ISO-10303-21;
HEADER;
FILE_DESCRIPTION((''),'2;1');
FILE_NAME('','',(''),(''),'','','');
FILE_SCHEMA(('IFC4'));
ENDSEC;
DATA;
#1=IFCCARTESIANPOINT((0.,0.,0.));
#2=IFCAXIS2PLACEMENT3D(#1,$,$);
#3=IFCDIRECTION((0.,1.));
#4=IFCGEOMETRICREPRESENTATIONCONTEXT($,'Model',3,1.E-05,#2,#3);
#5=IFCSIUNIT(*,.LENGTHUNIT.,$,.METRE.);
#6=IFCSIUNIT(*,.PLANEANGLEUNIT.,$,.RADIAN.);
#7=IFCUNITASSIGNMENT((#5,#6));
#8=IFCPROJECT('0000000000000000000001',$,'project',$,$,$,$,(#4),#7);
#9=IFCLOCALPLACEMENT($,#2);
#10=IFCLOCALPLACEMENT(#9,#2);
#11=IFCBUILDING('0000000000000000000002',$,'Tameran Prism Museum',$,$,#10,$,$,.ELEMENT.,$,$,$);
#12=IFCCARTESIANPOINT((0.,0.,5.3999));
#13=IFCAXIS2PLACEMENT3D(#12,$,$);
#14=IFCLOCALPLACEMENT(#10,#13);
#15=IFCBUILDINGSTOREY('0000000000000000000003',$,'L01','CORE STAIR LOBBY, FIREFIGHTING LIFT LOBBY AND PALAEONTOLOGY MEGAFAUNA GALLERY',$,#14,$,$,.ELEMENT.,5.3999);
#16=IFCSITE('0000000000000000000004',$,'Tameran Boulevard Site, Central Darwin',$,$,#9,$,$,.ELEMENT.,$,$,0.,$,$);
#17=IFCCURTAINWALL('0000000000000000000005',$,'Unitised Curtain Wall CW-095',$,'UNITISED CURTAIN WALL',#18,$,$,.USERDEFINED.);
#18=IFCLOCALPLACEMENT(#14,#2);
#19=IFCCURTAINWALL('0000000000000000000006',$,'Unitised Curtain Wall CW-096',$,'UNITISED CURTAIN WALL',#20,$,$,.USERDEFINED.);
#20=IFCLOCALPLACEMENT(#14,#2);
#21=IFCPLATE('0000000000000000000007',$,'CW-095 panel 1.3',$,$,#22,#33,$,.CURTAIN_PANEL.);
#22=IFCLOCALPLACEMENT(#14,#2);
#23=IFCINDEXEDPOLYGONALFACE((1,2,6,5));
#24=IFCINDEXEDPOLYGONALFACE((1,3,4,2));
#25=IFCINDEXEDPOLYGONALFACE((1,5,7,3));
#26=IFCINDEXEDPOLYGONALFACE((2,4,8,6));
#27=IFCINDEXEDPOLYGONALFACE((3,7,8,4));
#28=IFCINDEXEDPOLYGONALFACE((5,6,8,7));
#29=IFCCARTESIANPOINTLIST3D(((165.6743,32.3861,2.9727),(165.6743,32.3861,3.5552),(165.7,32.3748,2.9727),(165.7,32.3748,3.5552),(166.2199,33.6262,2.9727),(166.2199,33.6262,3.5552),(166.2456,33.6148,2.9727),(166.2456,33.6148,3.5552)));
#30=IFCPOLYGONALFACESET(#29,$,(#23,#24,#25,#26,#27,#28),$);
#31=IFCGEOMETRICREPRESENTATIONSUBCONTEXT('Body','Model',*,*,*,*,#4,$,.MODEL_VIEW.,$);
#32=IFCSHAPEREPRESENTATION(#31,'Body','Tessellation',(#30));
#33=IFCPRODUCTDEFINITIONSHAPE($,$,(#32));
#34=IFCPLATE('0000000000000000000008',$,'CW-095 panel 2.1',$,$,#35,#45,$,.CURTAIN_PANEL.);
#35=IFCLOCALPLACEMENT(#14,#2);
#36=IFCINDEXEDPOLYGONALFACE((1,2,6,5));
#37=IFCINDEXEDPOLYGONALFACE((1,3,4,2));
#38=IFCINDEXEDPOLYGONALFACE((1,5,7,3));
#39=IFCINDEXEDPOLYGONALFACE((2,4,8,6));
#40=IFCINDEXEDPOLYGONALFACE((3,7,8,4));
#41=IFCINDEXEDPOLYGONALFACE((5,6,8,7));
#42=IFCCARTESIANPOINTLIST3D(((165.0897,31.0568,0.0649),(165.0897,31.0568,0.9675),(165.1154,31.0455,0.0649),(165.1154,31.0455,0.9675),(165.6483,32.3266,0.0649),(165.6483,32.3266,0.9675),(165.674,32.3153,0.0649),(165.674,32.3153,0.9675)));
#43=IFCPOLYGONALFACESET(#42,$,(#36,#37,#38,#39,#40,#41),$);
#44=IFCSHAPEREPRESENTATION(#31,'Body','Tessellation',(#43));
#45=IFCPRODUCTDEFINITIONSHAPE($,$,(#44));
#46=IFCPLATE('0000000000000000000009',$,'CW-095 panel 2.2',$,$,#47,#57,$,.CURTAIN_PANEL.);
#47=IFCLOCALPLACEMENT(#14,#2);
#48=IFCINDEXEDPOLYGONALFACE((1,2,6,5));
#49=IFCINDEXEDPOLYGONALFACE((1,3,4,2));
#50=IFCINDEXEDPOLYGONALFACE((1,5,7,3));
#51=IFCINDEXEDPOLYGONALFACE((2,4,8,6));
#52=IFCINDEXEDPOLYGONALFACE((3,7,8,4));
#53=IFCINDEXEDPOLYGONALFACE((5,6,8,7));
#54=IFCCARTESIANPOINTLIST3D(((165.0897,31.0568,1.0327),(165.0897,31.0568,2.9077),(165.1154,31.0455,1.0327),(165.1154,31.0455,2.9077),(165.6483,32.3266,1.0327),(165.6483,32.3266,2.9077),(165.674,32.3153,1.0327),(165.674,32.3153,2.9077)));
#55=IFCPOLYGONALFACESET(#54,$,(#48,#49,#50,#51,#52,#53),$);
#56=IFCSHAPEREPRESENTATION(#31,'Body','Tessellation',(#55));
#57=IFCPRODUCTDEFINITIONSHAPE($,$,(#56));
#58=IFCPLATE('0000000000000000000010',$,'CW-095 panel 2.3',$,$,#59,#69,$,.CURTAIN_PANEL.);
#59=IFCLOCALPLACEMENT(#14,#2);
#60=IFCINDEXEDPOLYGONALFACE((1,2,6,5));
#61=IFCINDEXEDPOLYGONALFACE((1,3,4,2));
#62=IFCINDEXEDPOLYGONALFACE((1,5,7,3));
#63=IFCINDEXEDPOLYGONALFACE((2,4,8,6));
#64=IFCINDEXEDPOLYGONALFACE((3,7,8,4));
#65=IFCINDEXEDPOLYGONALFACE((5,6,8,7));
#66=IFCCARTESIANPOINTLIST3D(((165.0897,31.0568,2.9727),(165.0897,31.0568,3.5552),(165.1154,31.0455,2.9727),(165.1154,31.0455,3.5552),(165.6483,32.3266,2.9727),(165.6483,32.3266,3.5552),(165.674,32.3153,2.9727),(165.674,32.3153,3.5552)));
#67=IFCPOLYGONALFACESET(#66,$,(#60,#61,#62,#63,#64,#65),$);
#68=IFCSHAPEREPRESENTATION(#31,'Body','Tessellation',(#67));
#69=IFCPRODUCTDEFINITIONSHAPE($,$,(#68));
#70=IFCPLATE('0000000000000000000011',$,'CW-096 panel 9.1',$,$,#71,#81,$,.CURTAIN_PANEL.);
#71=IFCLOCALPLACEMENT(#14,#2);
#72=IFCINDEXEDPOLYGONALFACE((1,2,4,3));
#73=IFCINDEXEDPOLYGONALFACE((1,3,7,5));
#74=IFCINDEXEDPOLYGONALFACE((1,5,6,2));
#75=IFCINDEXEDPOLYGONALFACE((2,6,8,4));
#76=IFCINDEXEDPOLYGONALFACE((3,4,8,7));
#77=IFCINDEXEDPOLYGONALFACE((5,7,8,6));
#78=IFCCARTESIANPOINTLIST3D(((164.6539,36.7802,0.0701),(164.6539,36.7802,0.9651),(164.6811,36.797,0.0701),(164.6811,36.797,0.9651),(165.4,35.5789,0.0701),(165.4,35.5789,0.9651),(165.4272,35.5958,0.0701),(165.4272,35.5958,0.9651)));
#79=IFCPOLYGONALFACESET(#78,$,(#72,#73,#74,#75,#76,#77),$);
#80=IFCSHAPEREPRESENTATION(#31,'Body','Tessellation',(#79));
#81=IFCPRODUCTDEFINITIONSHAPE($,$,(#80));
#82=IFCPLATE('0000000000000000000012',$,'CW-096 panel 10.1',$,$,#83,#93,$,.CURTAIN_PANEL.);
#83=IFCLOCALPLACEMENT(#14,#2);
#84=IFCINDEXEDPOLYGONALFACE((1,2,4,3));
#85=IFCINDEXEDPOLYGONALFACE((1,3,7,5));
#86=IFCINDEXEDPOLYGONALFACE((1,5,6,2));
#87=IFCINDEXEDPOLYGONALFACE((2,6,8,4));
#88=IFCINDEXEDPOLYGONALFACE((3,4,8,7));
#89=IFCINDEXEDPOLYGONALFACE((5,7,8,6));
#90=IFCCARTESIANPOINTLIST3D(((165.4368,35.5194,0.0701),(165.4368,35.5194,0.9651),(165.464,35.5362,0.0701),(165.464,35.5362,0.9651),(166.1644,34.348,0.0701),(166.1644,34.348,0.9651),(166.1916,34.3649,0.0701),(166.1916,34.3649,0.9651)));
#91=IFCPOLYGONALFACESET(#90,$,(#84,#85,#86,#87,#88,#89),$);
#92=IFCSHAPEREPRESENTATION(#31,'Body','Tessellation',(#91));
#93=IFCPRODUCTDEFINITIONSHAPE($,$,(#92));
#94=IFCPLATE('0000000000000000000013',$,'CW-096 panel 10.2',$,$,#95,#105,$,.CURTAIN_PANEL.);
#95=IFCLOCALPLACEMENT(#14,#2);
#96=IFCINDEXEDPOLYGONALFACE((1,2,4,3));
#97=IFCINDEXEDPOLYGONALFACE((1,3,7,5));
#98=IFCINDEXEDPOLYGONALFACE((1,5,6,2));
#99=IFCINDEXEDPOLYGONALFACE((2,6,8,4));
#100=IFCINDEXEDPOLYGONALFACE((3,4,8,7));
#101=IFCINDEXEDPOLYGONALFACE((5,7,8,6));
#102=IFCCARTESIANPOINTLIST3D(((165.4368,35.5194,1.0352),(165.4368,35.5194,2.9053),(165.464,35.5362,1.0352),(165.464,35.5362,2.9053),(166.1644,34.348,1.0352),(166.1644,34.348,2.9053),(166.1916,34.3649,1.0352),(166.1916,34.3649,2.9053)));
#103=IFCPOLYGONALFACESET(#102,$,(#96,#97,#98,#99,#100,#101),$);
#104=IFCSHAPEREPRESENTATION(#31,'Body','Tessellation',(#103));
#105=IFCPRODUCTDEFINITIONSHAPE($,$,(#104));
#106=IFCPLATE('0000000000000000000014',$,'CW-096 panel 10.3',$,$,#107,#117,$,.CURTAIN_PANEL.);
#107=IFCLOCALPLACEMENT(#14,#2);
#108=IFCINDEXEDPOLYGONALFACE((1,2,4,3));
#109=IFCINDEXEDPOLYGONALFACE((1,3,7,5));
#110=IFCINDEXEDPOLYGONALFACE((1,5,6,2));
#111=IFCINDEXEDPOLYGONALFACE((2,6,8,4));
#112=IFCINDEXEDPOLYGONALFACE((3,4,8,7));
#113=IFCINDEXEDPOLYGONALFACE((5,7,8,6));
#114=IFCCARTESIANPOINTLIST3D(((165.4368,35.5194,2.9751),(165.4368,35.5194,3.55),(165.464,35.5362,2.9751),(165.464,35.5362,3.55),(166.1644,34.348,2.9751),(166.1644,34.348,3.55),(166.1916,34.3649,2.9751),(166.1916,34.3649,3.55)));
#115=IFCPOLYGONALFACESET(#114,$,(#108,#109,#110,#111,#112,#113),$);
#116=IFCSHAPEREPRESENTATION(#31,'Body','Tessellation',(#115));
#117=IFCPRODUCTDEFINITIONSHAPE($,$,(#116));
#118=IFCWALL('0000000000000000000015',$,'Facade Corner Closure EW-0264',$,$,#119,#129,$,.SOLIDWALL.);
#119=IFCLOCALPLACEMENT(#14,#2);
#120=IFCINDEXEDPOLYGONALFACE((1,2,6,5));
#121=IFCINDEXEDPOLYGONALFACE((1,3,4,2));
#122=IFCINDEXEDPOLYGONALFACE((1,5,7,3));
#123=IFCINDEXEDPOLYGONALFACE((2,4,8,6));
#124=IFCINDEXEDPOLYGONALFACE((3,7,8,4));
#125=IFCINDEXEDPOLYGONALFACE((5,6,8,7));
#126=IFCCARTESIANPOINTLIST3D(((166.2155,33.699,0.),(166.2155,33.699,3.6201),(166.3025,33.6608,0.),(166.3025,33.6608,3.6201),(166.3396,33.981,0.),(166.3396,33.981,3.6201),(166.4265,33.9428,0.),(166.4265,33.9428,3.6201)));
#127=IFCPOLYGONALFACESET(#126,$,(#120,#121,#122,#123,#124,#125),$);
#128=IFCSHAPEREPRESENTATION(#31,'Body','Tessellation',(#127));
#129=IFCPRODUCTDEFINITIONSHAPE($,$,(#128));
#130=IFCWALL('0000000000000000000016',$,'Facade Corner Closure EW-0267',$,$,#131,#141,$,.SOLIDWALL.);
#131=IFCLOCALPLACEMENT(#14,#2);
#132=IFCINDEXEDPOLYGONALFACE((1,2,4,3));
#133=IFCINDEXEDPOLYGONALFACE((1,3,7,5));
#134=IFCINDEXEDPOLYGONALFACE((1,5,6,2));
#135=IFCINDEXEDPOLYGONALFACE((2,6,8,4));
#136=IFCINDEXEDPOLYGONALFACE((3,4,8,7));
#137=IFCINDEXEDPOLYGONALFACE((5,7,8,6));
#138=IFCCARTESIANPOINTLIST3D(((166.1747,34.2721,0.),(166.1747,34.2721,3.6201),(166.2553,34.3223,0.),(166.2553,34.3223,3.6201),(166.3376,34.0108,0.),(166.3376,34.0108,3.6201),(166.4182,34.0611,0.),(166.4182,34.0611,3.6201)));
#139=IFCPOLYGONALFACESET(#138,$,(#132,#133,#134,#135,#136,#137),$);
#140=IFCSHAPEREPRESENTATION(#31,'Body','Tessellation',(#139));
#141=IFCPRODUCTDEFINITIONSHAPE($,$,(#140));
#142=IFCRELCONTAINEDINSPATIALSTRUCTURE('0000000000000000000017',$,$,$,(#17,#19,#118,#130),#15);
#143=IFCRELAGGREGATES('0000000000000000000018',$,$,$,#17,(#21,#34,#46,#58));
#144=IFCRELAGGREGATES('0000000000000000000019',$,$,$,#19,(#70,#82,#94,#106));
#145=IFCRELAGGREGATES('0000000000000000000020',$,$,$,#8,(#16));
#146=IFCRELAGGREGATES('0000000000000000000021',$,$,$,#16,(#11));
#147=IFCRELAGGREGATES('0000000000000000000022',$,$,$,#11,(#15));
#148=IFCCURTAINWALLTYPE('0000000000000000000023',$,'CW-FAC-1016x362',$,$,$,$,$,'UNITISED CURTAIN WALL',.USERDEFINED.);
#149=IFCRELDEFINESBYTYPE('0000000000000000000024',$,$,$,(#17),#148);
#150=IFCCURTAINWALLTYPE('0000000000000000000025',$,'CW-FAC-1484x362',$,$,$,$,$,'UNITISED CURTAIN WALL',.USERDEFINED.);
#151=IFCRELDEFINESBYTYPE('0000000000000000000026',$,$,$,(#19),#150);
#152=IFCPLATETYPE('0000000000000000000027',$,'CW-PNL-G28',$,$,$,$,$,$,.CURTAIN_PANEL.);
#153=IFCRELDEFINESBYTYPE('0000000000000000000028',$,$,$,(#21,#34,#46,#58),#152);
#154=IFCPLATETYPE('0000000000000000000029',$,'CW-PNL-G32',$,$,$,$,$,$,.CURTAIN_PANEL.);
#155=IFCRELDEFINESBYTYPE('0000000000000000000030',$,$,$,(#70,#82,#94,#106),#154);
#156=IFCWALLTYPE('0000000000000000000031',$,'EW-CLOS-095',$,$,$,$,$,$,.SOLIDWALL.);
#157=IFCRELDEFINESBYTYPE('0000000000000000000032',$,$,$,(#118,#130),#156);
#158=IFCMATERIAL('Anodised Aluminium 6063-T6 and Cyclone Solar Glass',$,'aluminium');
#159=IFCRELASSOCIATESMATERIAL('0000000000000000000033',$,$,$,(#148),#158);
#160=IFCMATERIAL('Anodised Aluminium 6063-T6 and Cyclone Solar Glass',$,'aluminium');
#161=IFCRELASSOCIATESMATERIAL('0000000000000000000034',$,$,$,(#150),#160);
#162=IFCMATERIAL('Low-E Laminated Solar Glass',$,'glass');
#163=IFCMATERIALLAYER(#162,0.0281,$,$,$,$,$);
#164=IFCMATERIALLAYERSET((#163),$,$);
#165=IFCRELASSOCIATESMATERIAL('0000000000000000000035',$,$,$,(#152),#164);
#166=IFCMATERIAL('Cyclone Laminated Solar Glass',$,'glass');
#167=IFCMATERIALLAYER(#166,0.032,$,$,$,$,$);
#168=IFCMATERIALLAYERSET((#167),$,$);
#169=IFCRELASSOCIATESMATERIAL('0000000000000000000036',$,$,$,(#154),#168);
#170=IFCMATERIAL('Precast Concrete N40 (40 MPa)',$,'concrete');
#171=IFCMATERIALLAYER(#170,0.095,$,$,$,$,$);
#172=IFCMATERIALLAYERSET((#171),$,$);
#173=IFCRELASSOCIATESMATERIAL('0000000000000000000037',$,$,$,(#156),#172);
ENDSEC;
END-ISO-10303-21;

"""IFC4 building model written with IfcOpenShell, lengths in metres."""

from ifc_helpers import new_model, si_unit, direction, frame, frame_2d, origin, origin_2d, place, context, subcontext, project, spatial, rectangle, extrude, material, layer, layer_set, type_object, element, aggregate, save


model = new_model("IFC4")

# Units and contexts
model_context = context("Model", 3, precision=1e-05, world=origin(), true_north=direction((0.0, 1.0)))
body_context = subcontext(model_context, "Body", "Model", "MODEL_VIEW")
ifc_project = project(units=[si_unit("LENGTHUNIT", "METRE"), si_unit("PLANEANGLEUNIT", "RADIAN")], contexts=[model_context])

# Site, building, storey
site_placement = place(None, origin())
site = spatial("IfcSite", under=ifc_project, at=site_placement, Name="Tameran Boulevard Site, Central Darwin", CompositionType="ELEMENT", RefElevation=0.0)
building_placement = place(site_placement, origin())
building = spatial("IfcBuilding", under=site, at=building_placement, Name="Tameran Prism Museum", CompositionType="ELEMENT")
storey_placement = place(building_placement, frame((0.0, 0.0, 5.3999)))
storey = spatial("IfcBuildingStorey", under=building, at=storey_placement, Name="L01", Description="CORE STAIR LOBBY, FIREFIGHTING LIFT LOBBY AND PALAEONTOLOGY MEGAFAUNA GALLERY", CompositionType="ELEMENT", Elevation=5.3999)

# Curtain walls
ifc_material_1 = material(Name="Anodised Aluminium 6063-T6 and Cyclone Solar Glass", Category="aluminium")
curtain_wall_type_1 = type_object("IfcCurtainWallType", Name="CW-FAC-1016x362", ElementType="UNITISED CURTAIN WALL", PredefinedType="USERDEFINED", material=ifc_material_1)
curtain_wall_1_placement = place(storey_placement, origin())
curtain_wall_1 = element("IfcCurtainWall", 1, at=curtain_wall_1_placement, inside=storey, type_object=curtain_wall_type_1, Name="Unitised Curtain Wall CW-095", ObjectType="UNITISED CURTAIN WALL", PredefinedType="USERDEFINED")
ifc_material_2 = material(Name="Anodised Aluminium 6063-T6 and Cyclone Solar Glass", Category="aluminium")
curtain_wall_type_2 = type_object("IfcCurtainWallType", Name="CW-FAC-1484x362", ElementType="UNITISED CURTAIN WALL", PredefinedType="USERDEFINED", material=ifc_material_2)
curtain_wall_2_placement = place(storey_placement, origin())
curtain_wall_2 = element("IfcCurtainWall", 2, at=curtain_wall_2_placement, inside=storey, type_object=curtain_wall_type_2, Name="Unitised Curtain Wall CW-096", ObjectType="UNITISED CURTAIN WALL", PredefinedType="USERDEFINED")

# Plates
ifc_material_3 = material(Name="Low-E Laminated Solar Glass", Category="glass")
ifc_layer_1 = layer(ifc_material_3, 0.0281)
ifc_layer_set_1 = layer_set([ifc_layer_1])
plate_type_1 = type_object("IfcPlateType", Name="CW-PNL-G28", PredefinedType="CURTAIN_PANEL", material=ifc_layer_set_1)
plate_1_placement = place(storey_placement, frame((165.96, 33.0005, 2.9727), z_axis=(0.0, 0.0, 1.0), x_axis=(-0.402722, -0.915322, 0.0)))
plate_1 = element("IfcPlate", 3, at=plate_1_placement, type_object=plate_type_1, Name="CW-095 panel 1.3", PredefinedType="CURTAIN_PANEL", context=body_context, shape_type="SweptSolid", body=[
    extrude(rectangle(XDim=1.3547, YDim=0.0281, at=origin_2d()), origin(), (0.0, 0.0, 1.0), 0.5825),
])
plate_2_placement = place(storey_placement, frame((165.3818, 31.686, 0.0649), z_axis=(0.0, 0.0, 1.0), x_axis=(-0.402722, -0.915322, 0.0)))
plate_2 = element("IfcPlate", 4, at=plate_2_placement, type_object=plate_type_1, Name="CW-095 panel 2.1", PredefinedType="CURTAIN_PANEL", context=body_context, shape_type="SweptSolid", body=[
    extrude(rectangle(XDim=1.3872, YDim=0.0281, at=origin_2d()), origin(), (0.0, 0.0, 1.0), 0.9026),
])
plate_3_placement = place(storey_placement, frame((165.3818, 31.686, 1.0327), z_axis=(0.0, 0.0, 1.0), x_axis=(-0.402722, -0.915322, 0.0)))
plate_3 = element("IfcPlate", 5, at=plate_3_placement, type_object=plate_type_1, Name="CW-095 panel 2.2", PredefinedType="CURTAIN_PANEL", context=body_context, shape_type="SweptSolid", body=[
    extrude(rectangle(XDim=1.3872, YDim=0.0281, at=origin_2d()), origin(), (0.0, 0.0, 1.0), 1.875),
])
plate_4_placement = place(storey_placement, frame((165.3818, 31.686, 2.9727), z_axis=(0.0, 0.0, 1.0), x_axis=(-0.402722, -0.915322, 0.0)))
plate_4 = element("IfcPlate", 6, at=plate_4_placement, type_object=plate_type_1, Name="CW-095 panel 2.3", PredefinedType="CURTAIN_PANEL", context=body_context, shape_type="SweptSolid", body=[
    extrude(rectangle(XDim=1.3872, YDim=0.0281, at=origin_2d()), origin(), (0.0, 0.0, 1.0), 0.5825),
])
aggregate(curtain_wall_1, [plate_1, plate_2, plate_3, plate_4])
ifc_material_4 = material(Name="Cyclone Laminated Solar Glass", Category="glass")
ifc_layer_2 = layer(ifc_material_4, 0.032)
ifc_layer_set_2 = layer_set([ifc_layer_2])
plate_type_2 = type_object("IfcPlateType", Name="CW-PNL-G32", PredefinedType="CURTAIN_PANEL", material=ifc_layer_set_2)
plate_5_placement = place(storey_placement, frame((165.0405, 36.188, 0.0701), z_axis=(0.0, 0.0, 1.0), x_axis=(0.527635, -0.849471, 0.0)))
plate_5 = element("IfcPlate", 7, at=plate_5_placement, type_object=plate_type_2, Name="CW-096 panel 9.1", PredefinedType="CURTAIN_PANEL", context=body_context, shape_type="SweptSolid", body=[
    extrude(rectangle(XDim=1.4141, YDim=0.032, at=origin_2d()), origin(), (0.0, 0.0, 1.0), 0.895),
])
plate_6_placement = place(storey_placement, frame((165.8142, 34.9421, 0.0701), z_axis=(0.0, 0.0, 1.0), x_axis=(0.527635, -0.849471, 0.0)))
plate_6 = element("IfcPlate", 8, at=plate_6_placement, type_object=plate_type_2, Name="CW-096 panel 10.1", PredefinedType="CURTAIN_PANEL", context=body_context, shape_type="SweptSolid", body=[
    extrude(rectangle(XDim=1.3789, YDim=0.032, at=origin_2d()), origin(), (0.0, 0.0, 1.0), 0.895),
])
plate_7_placement = place(storey_placement, frame((165.8142, 34.9421, 1.0352), z_axis=(0.0, 0.0, 1.0), x_axis=(0.527635, -0.849471, 0.0)))
plate_7 = element("IfcPlate", 9, at=plate_7_placement, type_object=plate_type_2, Name="CW-096 panel 10.2", PredefinedType="CURTAIN_PANEL", context=body_context, shape_type="SweptSolid", body=[
    extrude(rectangle(XDim=1.3789, YDim=0.032, at=origin_2d()), origin(), (0.0, 0.0, 1.0), 1.8701),
])
plate_8_placement = place(storey_placement, frame((165.8142, 34.9421, 2.9751), z_axis=(0.0, 0.0, 1.0), x_axis=(0.527635, -0.849471, 0.0)))
plate_8 = element("IfcPlate", 10, at=plate_8_placement, type_object=plate_type_2, Name="CW-096 panel 10.3", PredefinedType="CURTAIN_PANEL", context=body_context, shape_type="SweptSolid", body=[
    extrude(rectangle(XDim=1.3789, YDim=0.032, at=origin_2d()), origin(), (0.0, 0.0, 1.0), 0.575),
])
aggregate(curtain_wall_2, [plate_5, plate_6, plate_7, plate_8])

# Walls
ifc_material_5 = material(Name="Precast Concrete N40 (40 MPa)", Category="concrete")
ifc_layer_3 = layer(ifc_material_5, 0.095)
ifc_layer_set_3 = layer_set([ifc_layer_3])
wall_type = type_object("IfcWallType", Name="EW-CLOS-095", PredefinedType="SOLIDWALL", material=ifc_layer_set_3)
wall_1_placement = place(storey_placement, frame((166.3831, 33.9619, 0.0), z_axis=(0.0, 0.0, 1.0), x_axis=(-0.402606, -0.915373, 0.0)))
element("IfcWall", 11, at=wall_1_placement, inside=storey, type_object=wall_type, Name="Facade Corner Closure EW-0264", PredefinedType="SOLIDWALL", context=body_context, shape_type="SweptSolid", body=[
    extrude(rectangle(XDim=0.3081, YDim=0.095, at=frame_2d((0.1541, 0.0))), origin(), (0.0, 0.0, 1.0), 3.6201),
])
wall_2_placement = place(storey_placement, frame((166.2151, 34.2971, 0.0), z_axis=(0.0, 0.0, 1.0), x_axis=(0.529001, -0.848622, 0.0)))
element("IfcWall", 12, at=wall_2_placement, inside=storey, type_object=wall_type, Name="Facade Corner Closure EW-0267", PredefinedType="SOLIDWALL", context=body_context, shape_type="SweptSolid", body=[
    extrude(rectangle(XDim=0.3079, YDim=0.095, at=frame_2d((0.1538, 0.0))), origin(), (0.0, 0.0, 1.0), 3.6201),
])

save(model, "model.ifc")
